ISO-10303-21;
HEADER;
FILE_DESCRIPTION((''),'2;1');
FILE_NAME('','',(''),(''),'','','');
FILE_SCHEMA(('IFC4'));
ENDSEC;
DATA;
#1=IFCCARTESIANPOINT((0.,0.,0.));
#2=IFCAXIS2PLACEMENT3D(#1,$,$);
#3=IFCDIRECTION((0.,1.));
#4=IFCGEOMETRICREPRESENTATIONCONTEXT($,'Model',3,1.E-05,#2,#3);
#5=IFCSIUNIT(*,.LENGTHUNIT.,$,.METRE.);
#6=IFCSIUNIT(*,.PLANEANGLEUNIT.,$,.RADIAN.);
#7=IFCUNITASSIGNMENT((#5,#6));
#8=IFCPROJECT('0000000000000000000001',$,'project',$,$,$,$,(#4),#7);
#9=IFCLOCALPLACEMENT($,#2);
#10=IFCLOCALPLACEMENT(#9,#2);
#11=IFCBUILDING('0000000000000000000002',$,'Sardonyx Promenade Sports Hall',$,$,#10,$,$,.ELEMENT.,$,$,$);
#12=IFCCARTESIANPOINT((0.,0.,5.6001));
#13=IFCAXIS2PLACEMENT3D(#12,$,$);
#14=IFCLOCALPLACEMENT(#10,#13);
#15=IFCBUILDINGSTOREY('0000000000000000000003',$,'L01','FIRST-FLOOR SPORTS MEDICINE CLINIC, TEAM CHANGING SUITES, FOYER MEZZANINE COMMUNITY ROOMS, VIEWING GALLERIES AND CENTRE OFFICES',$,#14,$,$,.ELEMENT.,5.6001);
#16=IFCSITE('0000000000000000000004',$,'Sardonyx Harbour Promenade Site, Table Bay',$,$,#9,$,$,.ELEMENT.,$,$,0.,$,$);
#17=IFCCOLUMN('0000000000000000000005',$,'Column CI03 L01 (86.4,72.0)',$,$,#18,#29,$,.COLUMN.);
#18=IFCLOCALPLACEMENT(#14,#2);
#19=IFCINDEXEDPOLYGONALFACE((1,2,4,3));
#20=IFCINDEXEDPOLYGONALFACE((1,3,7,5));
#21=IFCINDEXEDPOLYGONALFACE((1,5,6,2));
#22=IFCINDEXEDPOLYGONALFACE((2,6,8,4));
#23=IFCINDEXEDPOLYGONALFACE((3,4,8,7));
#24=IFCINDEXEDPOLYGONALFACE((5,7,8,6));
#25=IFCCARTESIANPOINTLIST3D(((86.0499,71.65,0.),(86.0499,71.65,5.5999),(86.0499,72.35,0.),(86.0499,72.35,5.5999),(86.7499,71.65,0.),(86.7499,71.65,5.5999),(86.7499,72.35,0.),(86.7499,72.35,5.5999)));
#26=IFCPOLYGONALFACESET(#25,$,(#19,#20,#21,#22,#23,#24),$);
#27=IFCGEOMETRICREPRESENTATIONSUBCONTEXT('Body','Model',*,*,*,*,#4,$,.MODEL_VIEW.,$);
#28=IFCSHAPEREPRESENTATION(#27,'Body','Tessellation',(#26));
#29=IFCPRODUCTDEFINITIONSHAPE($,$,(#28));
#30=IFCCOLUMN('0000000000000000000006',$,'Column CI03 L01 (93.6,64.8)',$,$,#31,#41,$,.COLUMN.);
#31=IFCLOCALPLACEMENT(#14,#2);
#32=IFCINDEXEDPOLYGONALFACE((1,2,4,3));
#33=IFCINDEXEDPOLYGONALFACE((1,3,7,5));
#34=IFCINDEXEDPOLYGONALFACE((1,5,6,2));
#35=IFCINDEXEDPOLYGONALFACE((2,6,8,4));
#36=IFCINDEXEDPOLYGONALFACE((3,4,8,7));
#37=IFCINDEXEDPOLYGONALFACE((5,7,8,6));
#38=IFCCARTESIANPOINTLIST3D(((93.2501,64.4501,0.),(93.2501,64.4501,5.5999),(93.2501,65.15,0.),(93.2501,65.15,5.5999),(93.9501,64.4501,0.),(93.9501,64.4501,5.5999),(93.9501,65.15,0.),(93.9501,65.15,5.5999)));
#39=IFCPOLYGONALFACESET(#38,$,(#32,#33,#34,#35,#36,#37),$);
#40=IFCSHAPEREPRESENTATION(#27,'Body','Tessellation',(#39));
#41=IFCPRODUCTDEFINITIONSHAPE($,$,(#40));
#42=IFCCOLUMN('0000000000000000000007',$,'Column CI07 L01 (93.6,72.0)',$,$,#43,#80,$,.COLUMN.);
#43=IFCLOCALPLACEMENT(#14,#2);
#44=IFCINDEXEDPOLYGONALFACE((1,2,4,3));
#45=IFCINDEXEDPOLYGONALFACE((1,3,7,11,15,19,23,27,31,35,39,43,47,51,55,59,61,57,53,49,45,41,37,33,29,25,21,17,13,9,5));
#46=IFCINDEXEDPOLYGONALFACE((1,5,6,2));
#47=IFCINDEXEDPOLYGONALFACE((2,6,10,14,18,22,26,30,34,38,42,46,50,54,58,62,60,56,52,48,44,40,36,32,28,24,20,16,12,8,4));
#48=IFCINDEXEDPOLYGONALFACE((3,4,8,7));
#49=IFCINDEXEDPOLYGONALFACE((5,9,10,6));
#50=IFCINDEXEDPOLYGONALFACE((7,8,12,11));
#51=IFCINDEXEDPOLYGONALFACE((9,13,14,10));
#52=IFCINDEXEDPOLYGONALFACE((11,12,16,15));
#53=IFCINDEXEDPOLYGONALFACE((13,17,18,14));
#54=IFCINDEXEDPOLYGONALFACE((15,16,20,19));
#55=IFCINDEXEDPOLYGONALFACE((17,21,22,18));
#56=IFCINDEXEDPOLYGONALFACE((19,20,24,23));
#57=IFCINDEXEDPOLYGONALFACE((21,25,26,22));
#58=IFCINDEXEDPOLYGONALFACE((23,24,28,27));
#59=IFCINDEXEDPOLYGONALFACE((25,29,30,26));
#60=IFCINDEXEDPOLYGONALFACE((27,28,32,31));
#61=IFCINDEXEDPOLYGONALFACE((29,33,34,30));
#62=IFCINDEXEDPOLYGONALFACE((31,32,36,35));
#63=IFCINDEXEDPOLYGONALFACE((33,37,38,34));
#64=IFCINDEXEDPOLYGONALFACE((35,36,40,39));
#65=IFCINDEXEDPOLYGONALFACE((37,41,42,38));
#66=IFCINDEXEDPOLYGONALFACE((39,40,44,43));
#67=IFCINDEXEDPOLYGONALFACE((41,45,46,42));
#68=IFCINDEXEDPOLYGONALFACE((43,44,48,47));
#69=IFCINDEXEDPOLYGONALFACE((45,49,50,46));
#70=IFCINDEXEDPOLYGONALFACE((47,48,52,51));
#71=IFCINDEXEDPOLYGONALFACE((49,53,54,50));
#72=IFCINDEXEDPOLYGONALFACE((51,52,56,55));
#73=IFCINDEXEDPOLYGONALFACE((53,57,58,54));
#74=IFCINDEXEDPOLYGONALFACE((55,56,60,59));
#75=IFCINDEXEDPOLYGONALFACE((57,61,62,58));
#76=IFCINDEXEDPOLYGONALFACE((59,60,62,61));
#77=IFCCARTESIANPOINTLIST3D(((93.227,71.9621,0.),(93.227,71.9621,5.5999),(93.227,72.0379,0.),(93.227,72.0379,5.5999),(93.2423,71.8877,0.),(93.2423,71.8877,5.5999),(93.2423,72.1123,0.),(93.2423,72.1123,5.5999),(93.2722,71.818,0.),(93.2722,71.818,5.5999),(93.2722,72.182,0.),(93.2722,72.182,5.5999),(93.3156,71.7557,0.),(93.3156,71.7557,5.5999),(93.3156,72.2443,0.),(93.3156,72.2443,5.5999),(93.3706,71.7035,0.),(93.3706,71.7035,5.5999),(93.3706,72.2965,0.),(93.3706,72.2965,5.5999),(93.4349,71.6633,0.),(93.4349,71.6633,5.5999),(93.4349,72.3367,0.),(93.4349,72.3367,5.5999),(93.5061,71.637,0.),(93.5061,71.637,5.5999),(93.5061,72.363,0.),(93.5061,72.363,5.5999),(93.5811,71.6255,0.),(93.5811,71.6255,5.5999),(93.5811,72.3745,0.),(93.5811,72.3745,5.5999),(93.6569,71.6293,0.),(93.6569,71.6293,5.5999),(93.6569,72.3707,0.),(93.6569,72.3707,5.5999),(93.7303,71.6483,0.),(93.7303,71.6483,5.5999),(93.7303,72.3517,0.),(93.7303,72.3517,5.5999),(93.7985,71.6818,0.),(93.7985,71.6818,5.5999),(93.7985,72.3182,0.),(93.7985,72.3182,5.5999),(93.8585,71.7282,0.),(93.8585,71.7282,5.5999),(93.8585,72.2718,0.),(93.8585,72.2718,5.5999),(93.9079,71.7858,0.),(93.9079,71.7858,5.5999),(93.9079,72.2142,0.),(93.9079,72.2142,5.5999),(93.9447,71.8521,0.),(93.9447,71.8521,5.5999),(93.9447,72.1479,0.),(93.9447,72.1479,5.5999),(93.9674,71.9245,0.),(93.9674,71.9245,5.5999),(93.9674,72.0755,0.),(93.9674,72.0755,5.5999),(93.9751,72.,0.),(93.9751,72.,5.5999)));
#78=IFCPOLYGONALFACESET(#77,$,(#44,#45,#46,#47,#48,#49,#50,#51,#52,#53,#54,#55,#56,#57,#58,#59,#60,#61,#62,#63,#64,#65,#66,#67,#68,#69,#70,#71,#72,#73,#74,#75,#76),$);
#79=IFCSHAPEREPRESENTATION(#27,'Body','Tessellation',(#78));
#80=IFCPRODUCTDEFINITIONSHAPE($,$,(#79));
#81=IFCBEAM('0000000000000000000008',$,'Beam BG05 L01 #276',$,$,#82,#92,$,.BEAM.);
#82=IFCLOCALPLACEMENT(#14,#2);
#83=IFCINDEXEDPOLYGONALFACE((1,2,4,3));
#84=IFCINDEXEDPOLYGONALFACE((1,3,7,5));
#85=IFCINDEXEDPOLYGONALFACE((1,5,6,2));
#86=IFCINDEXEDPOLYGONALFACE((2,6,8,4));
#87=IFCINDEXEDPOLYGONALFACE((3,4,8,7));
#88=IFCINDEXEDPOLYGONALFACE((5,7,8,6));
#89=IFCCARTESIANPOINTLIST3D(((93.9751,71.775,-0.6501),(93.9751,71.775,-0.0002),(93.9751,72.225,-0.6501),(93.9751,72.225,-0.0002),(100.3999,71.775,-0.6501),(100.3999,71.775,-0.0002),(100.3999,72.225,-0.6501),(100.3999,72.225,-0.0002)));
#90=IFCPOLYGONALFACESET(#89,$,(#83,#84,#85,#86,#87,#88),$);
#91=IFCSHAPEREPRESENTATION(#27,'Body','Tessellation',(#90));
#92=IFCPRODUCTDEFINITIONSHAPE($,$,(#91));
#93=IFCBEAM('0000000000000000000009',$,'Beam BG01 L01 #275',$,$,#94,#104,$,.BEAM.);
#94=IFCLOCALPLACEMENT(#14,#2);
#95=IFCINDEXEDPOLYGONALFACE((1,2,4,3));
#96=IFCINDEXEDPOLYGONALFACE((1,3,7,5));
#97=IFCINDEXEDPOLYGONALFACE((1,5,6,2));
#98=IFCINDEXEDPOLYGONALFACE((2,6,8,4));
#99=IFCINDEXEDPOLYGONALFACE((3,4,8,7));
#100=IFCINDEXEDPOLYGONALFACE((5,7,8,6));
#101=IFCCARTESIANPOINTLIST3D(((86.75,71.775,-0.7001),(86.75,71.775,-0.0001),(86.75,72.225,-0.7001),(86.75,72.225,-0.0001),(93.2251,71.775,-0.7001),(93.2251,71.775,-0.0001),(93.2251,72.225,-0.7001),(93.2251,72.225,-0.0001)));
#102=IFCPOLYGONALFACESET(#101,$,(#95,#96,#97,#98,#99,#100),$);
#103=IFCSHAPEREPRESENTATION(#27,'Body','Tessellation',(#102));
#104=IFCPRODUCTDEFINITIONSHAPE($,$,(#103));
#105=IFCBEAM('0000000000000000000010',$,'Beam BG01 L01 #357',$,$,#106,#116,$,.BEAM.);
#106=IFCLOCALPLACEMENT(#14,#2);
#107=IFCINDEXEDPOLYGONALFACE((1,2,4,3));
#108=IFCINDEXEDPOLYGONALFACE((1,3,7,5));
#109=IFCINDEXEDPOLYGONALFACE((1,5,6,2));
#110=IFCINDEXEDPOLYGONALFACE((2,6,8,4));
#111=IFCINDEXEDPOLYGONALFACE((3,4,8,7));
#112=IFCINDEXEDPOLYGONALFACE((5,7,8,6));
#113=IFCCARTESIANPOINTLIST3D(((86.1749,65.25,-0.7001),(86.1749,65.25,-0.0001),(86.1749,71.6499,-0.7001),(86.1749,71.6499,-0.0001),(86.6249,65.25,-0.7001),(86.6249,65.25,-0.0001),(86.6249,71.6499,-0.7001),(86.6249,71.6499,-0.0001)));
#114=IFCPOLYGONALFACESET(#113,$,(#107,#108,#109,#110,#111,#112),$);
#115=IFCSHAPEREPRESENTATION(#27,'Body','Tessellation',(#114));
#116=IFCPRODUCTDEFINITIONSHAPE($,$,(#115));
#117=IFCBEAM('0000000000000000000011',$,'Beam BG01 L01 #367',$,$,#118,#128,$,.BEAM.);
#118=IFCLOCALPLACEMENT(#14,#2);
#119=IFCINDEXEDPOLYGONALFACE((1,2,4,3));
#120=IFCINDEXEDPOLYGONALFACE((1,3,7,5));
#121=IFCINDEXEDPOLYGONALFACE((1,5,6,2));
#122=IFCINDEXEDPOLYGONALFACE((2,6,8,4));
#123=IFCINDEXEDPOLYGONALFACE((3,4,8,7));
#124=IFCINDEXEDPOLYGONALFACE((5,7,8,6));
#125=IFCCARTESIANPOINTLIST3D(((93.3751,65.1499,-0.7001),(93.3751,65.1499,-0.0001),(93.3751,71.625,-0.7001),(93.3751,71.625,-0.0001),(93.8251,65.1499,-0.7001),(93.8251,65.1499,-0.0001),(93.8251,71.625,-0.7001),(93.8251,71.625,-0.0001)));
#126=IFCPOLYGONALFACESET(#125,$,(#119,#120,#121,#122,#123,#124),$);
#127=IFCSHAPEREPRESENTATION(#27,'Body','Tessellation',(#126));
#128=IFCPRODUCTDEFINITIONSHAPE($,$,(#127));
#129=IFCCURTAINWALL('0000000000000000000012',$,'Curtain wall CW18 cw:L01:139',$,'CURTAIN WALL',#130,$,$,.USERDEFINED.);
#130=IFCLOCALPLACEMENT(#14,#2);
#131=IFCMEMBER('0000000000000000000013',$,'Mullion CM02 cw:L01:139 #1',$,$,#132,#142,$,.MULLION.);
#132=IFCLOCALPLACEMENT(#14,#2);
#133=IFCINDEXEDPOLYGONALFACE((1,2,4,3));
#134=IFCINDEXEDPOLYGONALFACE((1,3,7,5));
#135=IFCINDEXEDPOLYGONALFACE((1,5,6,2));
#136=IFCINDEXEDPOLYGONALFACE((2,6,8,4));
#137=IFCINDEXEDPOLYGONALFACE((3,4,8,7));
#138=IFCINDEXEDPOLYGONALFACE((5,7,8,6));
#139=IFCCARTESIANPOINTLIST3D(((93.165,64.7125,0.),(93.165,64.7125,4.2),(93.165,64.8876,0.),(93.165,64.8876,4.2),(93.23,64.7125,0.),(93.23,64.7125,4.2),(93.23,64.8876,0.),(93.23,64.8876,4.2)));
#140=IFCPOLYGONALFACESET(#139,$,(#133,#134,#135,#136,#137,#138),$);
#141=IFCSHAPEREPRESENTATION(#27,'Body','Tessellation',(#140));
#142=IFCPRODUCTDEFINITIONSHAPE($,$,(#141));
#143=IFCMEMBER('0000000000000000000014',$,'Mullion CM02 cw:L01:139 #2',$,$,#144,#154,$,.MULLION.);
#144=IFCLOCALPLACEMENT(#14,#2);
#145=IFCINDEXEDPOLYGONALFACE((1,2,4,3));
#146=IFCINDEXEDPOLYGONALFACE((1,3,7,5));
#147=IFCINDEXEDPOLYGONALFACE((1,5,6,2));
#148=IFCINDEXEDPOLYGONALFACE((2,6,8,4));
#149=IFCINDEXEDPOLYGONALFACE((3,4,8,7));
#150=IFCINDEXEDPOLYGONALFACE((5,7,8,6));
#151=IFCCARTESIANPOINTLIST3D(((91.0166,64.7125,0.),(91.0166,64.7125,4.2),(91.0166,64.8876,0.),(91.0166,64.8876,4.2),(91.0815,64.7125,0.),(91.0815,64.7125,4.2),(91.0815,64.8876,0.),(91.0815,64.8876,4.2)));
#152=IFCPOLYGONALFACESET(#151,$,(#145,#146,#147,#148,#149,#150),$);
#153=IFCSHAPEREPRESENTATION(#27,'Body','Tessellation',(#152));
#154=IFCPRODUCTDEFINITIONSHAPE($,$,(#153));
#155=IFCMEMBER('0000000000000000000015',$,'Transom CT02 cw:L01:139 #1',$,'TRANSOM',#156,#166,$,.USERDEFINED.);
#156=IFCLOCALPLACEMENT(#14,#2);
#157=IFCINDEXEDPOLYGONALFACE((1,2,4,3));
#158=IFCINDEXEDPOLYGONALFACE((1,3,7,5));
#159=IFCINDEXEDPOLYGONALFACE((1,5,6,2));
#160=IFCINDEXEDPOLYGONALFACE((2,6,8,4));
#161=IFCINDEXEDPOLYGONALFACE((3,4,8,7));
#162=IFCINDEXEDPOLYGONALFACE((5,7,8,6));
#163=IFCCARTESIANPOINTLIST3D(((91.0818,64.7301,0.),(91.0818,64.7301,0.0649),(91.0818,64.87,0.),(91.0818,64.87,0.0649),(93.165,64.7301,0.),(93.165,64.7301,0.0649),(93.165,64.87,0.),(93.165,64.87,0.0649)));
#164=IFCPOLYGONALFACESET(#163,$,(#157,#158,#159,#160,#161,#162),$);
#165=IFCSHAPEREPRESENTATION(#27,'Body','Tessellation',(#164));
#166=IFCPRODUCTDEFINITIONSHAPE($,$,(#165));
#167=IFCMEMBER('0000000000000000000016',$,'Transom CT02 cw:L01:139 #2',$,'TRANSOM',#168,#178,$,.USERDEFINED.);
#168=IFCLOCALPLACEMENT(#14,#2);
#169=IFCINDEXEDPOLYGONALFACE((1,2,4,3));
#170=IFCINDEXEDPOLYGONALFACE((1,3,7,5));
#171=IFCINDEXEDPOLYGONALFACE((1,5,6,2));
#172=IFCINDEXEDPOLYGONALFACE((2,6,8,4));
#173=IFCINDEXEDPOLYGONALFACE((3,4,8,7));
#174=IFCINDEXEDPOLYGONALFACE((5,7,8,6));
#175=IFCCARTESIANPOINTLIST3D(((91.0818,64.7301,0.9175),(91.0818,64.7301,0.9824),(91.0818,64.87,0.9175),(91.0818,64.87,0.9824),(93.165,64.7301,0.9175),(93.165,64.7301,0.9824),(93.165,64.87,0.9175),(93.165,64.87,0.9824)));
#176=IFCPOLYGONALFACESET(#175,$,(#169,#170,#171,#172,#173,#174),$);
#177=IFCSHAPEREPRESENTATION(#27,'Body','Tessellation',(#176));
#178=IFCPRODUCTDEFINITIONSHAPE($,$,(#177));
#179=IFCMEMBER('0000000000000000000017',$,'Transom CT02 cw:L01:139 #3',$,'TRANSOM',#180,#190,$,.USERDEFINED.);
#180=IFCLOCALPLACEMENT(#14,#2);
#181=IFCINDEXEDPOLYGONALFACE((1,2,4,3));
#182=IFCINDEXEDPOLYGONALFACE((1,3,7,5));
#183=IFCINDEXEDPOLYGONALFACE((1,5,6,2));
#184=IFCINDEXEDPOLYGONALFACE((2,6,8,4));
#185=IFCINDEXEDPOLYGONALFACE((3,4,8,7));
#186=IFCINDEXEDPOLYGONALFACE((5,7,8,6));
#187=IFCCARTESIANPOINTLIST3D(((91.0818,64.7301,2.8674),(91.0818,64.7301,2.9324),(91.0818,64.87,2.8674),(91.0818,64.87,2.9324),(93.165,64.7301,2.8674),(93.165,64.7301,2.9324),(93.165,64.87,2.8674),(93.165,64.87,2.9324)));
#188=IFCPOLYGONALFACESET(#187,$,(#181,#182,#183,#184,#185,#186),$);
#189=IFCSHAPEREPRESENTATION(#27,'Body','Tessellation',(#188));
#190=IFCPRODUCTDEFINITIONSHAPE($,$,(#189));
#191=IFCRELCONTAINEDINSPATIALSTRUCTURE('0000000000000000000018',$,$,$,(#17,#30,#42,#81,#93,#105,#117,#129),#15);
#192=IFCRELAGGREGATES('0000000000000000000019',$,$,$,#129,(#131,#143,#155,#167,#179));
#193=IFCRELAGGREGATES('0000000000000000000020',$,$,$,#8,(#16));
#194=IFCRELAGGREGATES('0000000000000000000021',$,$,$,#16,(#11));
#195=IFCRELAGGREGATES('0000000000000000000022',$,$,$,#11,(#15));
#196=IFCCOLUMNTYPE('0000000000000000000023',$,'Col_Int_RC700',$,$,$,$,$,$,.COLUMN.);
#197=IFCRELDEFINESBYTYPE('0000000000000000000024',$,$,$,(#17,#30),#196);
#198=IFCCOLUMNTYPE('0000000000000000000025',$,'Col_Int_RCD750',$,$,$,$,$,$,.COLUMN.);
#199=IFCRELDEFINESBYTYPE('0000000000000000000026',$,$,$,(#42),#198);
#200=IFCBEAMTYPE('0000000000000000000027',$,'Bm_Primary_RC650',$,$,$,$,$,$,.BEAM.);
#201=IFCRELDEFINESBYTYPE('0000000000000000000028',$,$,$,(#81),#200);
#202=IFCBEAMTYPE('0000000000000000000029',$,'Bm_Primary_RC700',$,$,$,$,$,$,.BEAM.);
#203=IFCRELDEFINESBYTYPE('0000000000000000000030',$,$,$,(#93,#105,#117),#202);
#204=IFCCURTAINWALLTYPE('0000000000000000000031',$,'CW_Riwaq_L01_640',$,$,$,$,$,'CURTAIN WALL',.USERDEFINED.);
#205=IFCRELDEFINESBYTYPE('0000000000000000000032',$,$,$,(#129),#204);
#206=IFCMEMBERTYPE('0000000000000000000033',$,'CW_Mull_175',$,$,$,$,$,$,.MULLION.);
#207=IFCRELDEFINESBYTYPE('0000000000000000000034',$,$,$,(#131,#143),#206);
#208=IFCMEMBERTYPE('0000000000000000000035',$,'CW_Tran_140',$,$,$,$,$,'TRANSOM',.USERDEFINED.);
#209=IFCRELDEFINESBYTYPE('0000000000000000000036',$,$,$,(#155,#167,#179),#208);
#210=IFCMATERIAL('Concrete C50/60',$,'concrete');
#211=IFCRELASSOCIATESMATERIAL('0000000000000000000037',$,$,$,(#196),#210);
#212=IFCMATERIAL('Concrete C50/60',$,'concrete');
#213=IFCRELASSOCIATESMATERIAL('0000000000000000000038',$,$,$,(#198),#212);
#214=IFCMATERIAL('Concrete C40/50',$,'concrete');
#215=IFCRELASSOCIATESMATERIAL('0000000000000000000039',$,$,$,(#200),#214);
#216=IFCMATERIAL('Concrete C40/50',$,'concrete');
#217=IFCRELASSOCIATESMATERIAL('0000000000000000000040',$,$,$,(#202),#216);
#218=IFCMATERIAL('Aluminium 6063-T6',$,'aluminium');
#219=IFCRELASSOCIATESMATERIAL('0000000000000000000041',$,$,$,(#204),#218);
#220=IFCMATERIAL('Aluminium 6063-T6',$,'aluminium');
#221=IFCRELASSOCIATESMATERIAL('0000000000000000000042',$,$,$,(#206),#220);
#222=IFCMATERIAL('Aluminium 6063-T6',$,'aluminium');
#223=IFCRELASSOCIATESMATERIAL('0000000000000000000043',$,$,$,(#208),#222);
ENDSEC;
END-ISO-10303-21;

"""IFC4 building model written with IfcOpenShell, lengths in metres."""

from ifc_helpers import new_model, si_unit, direction, frame, origin, origin_2d, place, context, subcontext, project, spatial, rectangle, circle, extrude, material, material_profile, profile_set, type_object, element, aggregate, save


model = new_model("IFC4")

# Units and contexts
model_context = context("Model", 3, precision=1e-05, world=origin(), true_north=direction((0.0, 1.0)))
body_context = subcontext(model_context, "Body", "Model", "MODEL_VIEW")
ifc_project = project(units=[si_unit("LENGTHUNIT", "METRE"), si_unit("PLANEANGLEUNIT", "RADIAN")], contexts=[model_context])

# Site, building, storey
site_placement = place(None, origin())
site = spatial("IfcSite", under=ifc_project, at=site_placement, Name="Sardonyx Harbour Promenade Site, Table Bay", CompositionType="ELEMENT", RefElevation=0.0)
building_placement = place(site_placement, origin())
building = spatial("IfcBuilding", under=site, at=building_placement, Name="Sardonyx Promenade Sports Hall", CompositionType="ELEMENT")
storey_placement = place(building_placement, frame((0.0, 0.0, 5.6001)))
storey = spatial("IfcBuildingStorey", under=building, at=storey_placement, Name="L01", Description="FIRST-FLOOR SPORTS MEDICINE CLINIC, TEAM CHANGING SUITES, FOYER MEZZANINE COMMUNITY ROOMS, VIEWING GALLERIES AND CENTRE OFFICES", CompositionType="ELEMENT", Elevation=5.6001)

# Columns
ifc_material_1 = material(Name="Concrete C50/60", Category="concrete")
ifc_material_profile_1 = material_profile(ifc_material_1, rectangle(XDim=0.7, YDim=0.7, at=origin_2d()))
ifc_profile_set_1 = profile_set([ifc_material_profile_1], Name="Concrete C50/60")
column_type_1 = type_object("IfcColumnType", Name="Col_Int_RC700", PredefinedType="COLUMN", material=ifc_profile_set_1)
for number, where, z_axis, x_axis, name in (
    (1, (86.3999, 72.0, 0.0), (0.0, 0.0, 1.0), (1.0, 0.0, 0.0), "Column CI03 L01 (86.4,72.0)"),
    (2, (93.6001, 64.8, 0.0), (0.0, 0.0, 1.0), (1.0, 0.0, 0.0), "Column CI03 L01 (93.6,64.8)"),
):
    element("IfcColumn", number, at=place(storey_placement, frame(where, z_axis=z_axis, x_axis=x_axis)), inside=storey, type_object=column_type_1, Name=name, PredefinedType="COLUMN", context=body_context, shape_type="SweptSolid", body=[
        extrude(rectangle(XDim=0.7, YDim=0.7, at=origin_2d()), origin(), (0.0, 0.0, 1.0), 5.5999),
    ])
ifc_material_2 = material(Name="Concrete C50/60", Category="concrete")
ifc_material_profile_2 = material_profile(ifc_material_2, circle(Radius=0.375, at=origin_2d()))
ifc_profile_set_2 = profile_set([ifc_material_profile_2], Name="Concrete C50/60")
column_type_2 = type_object("IfcColumnType", Name="Col_Int_RCD750", PredefinedType="COLUMN", material=ifc_profile_set_2)
column_placement = place(storey_placement, frame((93.6001, 72.0, 0.0), z_axis=(0.0, 0.0, 1.0), x_axis=(1.0, 0.0, 0.0)))
element("IfcColumn", 3, at=column_placement, inside=storey, type_object=column_type_2, Name="Column CI07 L01 (93.6,72.0)", PredefinedType="COLUMN", context=body_context, shape_type="SweptSolid", body=[
    extrude(circle(Radius=0.375, at=origin_2d()), origin(), (0.0, 0.0, 1.0), 5.5999),
])

# Beams
ifc_material_3 = material(Name="Concrete C40/50", Category="concrete")
ifc_material_profile_3 = material_profile(ifc_material_3, rectangle(XDim=0.45, YDim=0.6499, at=origin_2d()))
ifc_profile_set_3 = profile_set([ifc_material_profile_3], Name="Concrete C40/50")
beam_type_1 = type_object("IfcBeamType", Name="Bm_Primary_RC650", PredefinedType="BEAM", material=ifc_profile_set_3)
beam_1_placement = place(storey_placement, frame((93.9751, 72.0, -0.3252), z_axis=(1.0, 0.0, 0.0), x_axis=(0.0, 1.0, 0.0)))
element("IfcBeam", 4, at=beam_1_placement, inside=storey, type_object=beam_type_1, Name="Beam BG05 L01 #276", PredefinedType="BEAM", context=body_context, shape_type="SweptSolid", body=[
    extrude(rectangle(XDim=0.45, YDim=0.6499, at=origin_2d()), origin(), (0.0, 0.0, 1.0), 6.4248),
])
ifc_material_4 = material(Name="Concrete C40/50", Category="concrete")
ifc_material_profile_4 = material_profile(ifc_material_4, rectangle(XDim=0.45, YDim=0.7, at=origin_2d()))
ifc_profile_set_4 = profile_set([ifc_material_profile_4], Name="Concrete C40/50")
beam_type_2 = type_object("IfcBeamType", Name="Bm_Primary_RC700", PredefinedType="BEAM", material=ifc_profile_set_4)
beam_2_placement = place(storey_placement, frame((86.75, 72.0, -0.3501), z_axis=(1.0, 0.0, 0.0), x_axis=(0.0, 1.0, 0.0)))
element("IfcBeam", 5, at=beam_2_placement, inside=storey, type_object=beam_type_2, Name="Beam BG01 L01 #275", PredefinedType="BEAM", context=body_context, shape_type="SweptSolid", body=[
    extrude(rectangle(XDim=0.45, YDim=0.7, at=origin_2d()), origin(), (0.0, 0.0, 1.0), 6.4751),
])
beam_3_placement = place(storey_placement, frame((86.3999, 65.25, -0.3501), z_axis=(0.0, 1.0, 0.0), x_axis=(-1.0, 0.0, 0.0)))
element("IfcBeam", 6, at=beam_3_placement, inside=storey, type_object=beam_type_2, Name="Beam BG01 L01 #357", PredefinedType="BEAM", context=body_context, shape_type="SweptSolid", body=[
    extrude(rectangle(XDim=0.45, YDim=0.7, at=origin_2d()), origin(), (0.0, 0.0, 1.0), 6.3999),
])
beam_4_placement = place(storey_placement, frame((93.6001, 65.1499, -0.3501), z_axis=(0.0, 1.0, 0.0), x_axis=(-1.0, 0.0, 0.0)))
element("IfcBeam", 7, at=beam_4_placement, inside=storey, type_object=beam_type_2, Name="Beam BG01 L01 #367", PredefinedType="BEAM", context=body_context, shape_type="SweptSolid", body=[
    extrude(rectangle(XDim=0.45, YDim=0.7, at=origin_2d()), origin(), (0.0, 0.0, 1.0), 6.4751),
])

# Curtain wall, members
ifc_material_5 = material(Name="Aluminium 6063-T6", Category="aluminium")
curtain_wall_type = type_object("IfcCurtainWallType", Name="CW_Riwaq_L01_640", ElementType="CURTAIN WALL", PredefinedType="USERDEFINED", material=ifc_material_5)
curtain_wall_placement = place(storey_placement, origin())
curtain_wall = element("IfcCurtainWall", 8, at=curtain_wall_placement, inside=storey, type_object=curtain_wall_type, Name="Curtain wall CW18 cw:L01:139", ObjectType="CURTAIN WALL", PredefinedType="USERDEFINED")
ifc_material_6 = material(Name="Aluminium 6063-T6", Category="aluminium")
ifc_material_profile_5 = material_profile(ifc_material_6, rectangle(XDim=0.0649, YDim=0.175, at=origin_2d()))
ifc_profile_set_5 = profile_set([ifc_material_profile_5], Name="Aluminium 6063-T6")
member_type_1 = type_object("IfcMemberType", Name="CW_Mull_175", PredefinedType="MULLION", material=ifc_profile_set_5)
member_1_placement = place(storey_placement, frame((93.1975, 64.8, 0.0), z_axis=(0.0, 0.0, 1.0), x_axis=(-1.0, 0.0, 0.0)))
member_1 = element("IfcMember", 9, at=member_1_placement, type_object=member_type_1, Name="Mullion CM02 cw:L01:139 #1", PredefinedType="MULLION", context=body_context, shape_type="SweptSolid", body=[
    extrude(rectangle(XDim=0.0649, YDim=0.175, at=origin_2d()), origin(), (0.0, 0.0, 1.0), 4.2),
])
member_2_placement = place(storey_placement, frame((91.0491, 64.8, 0.0), z_axis=(0.0, 0.0, 1.0), x_axis=(-1.0, 0.0, 0.0)))
member_2 = element("IfcMember", 10, at=member_2_placement, type_object=member_type_1, Name="Mullion CM02 cw:L01:139 #2", PredefinedType="MULLION", context=body_context, shape_type="SweptSolid", body=[
    extrude(rectangle(XDim=0.0649, YDim=0.175, at=origin_2d()), origin(), (0.0, 0.0, 1.0), 4.2),
])
ifc_material_7 = material(Name="Aluminium 6063-T6", Category="aluminium")
ifc_material_profile_6 = material_profile(ifc_material_7, rectangle(XDim=0.0649, YDim=0.1399, at=origin_2d()))
ifc_profile_set_6 = profile_set([ifc_material_profile_6], Name="Aluminium 6063-T6")
member_type_2 = type_object("IfcMemberType", Name="CW_Tran_140", ElementType="TRANSOM", PredefinedType="USERDEFINED", material=ifc_profile_set_6)
member_3_placement = place(storey_placement, frame((93.165, 64.8, 0.0325), z_axis=(-1.0, 0.0, 0.0), x_axis=(0.0, 0.0, 1.0)))
member_3 = element("IfcMember", 11, at=member_3_placement, type_object=member_type_2, Name="Transom CT02 cw:L01:139 #1", ObjectType="TRANSOM", PredefinedType="USERDEFINED", context=body_context, shape_type="SweptSolid", body=[
    extrude(rectangle(XDim=0.0649, YDim=0.1399, at=origin_2d()), origin(), (0.0, 0.0, 1.0), 2.0833),
])
member_4_placement = place(storey_placement, frame((93.165, 64.8, 0.95), z_axis=(-1.0, 0.0, 0.0), x_axis=(0.0, 0.0, 1.0)))
member_4 = element("IfcMember", 12, at=member_4_placement, type_object=member_type_2, Name="Transom CT02 cw:L01:139 #2", ObjectType="TRANSOM", PredefinedType="USERDEFINED", context=body_context, shape_type="SweptSolid", body=[
    extrude(rectangle(XDim=0.0649, YDim=0.1399, at=origin_2d()), origin(), (0.0, 0.0, 1.0), 2.0833),
])
member_5_placement = place(storey_placement, frame((93.165, 64.8, 2.8999), z_axis=(-1.0, 0.0, 0.0), x_axis=(0.0, 0.0, 1.0)))
member_5 = element("IfcMember", 13, at=member_5_placement, type_object=member_type_2, Name="Transom CT02 cw:L01:139 #3", ObjectType="TRANSOM", PredefinedType="USERDEFINED", context=body_context, shape_type="SweptSolid", body=[
    extrude(rectangle(XDim=0.0649, YDim=0.1399, at=origin_2d()), origin(), (0.0, 0.0, 1.0), 2.0833),
])
aggregate(curtain_wall, [member_1, member_2, member_3, member_4, member_5])

save(model, "model.ifc")
